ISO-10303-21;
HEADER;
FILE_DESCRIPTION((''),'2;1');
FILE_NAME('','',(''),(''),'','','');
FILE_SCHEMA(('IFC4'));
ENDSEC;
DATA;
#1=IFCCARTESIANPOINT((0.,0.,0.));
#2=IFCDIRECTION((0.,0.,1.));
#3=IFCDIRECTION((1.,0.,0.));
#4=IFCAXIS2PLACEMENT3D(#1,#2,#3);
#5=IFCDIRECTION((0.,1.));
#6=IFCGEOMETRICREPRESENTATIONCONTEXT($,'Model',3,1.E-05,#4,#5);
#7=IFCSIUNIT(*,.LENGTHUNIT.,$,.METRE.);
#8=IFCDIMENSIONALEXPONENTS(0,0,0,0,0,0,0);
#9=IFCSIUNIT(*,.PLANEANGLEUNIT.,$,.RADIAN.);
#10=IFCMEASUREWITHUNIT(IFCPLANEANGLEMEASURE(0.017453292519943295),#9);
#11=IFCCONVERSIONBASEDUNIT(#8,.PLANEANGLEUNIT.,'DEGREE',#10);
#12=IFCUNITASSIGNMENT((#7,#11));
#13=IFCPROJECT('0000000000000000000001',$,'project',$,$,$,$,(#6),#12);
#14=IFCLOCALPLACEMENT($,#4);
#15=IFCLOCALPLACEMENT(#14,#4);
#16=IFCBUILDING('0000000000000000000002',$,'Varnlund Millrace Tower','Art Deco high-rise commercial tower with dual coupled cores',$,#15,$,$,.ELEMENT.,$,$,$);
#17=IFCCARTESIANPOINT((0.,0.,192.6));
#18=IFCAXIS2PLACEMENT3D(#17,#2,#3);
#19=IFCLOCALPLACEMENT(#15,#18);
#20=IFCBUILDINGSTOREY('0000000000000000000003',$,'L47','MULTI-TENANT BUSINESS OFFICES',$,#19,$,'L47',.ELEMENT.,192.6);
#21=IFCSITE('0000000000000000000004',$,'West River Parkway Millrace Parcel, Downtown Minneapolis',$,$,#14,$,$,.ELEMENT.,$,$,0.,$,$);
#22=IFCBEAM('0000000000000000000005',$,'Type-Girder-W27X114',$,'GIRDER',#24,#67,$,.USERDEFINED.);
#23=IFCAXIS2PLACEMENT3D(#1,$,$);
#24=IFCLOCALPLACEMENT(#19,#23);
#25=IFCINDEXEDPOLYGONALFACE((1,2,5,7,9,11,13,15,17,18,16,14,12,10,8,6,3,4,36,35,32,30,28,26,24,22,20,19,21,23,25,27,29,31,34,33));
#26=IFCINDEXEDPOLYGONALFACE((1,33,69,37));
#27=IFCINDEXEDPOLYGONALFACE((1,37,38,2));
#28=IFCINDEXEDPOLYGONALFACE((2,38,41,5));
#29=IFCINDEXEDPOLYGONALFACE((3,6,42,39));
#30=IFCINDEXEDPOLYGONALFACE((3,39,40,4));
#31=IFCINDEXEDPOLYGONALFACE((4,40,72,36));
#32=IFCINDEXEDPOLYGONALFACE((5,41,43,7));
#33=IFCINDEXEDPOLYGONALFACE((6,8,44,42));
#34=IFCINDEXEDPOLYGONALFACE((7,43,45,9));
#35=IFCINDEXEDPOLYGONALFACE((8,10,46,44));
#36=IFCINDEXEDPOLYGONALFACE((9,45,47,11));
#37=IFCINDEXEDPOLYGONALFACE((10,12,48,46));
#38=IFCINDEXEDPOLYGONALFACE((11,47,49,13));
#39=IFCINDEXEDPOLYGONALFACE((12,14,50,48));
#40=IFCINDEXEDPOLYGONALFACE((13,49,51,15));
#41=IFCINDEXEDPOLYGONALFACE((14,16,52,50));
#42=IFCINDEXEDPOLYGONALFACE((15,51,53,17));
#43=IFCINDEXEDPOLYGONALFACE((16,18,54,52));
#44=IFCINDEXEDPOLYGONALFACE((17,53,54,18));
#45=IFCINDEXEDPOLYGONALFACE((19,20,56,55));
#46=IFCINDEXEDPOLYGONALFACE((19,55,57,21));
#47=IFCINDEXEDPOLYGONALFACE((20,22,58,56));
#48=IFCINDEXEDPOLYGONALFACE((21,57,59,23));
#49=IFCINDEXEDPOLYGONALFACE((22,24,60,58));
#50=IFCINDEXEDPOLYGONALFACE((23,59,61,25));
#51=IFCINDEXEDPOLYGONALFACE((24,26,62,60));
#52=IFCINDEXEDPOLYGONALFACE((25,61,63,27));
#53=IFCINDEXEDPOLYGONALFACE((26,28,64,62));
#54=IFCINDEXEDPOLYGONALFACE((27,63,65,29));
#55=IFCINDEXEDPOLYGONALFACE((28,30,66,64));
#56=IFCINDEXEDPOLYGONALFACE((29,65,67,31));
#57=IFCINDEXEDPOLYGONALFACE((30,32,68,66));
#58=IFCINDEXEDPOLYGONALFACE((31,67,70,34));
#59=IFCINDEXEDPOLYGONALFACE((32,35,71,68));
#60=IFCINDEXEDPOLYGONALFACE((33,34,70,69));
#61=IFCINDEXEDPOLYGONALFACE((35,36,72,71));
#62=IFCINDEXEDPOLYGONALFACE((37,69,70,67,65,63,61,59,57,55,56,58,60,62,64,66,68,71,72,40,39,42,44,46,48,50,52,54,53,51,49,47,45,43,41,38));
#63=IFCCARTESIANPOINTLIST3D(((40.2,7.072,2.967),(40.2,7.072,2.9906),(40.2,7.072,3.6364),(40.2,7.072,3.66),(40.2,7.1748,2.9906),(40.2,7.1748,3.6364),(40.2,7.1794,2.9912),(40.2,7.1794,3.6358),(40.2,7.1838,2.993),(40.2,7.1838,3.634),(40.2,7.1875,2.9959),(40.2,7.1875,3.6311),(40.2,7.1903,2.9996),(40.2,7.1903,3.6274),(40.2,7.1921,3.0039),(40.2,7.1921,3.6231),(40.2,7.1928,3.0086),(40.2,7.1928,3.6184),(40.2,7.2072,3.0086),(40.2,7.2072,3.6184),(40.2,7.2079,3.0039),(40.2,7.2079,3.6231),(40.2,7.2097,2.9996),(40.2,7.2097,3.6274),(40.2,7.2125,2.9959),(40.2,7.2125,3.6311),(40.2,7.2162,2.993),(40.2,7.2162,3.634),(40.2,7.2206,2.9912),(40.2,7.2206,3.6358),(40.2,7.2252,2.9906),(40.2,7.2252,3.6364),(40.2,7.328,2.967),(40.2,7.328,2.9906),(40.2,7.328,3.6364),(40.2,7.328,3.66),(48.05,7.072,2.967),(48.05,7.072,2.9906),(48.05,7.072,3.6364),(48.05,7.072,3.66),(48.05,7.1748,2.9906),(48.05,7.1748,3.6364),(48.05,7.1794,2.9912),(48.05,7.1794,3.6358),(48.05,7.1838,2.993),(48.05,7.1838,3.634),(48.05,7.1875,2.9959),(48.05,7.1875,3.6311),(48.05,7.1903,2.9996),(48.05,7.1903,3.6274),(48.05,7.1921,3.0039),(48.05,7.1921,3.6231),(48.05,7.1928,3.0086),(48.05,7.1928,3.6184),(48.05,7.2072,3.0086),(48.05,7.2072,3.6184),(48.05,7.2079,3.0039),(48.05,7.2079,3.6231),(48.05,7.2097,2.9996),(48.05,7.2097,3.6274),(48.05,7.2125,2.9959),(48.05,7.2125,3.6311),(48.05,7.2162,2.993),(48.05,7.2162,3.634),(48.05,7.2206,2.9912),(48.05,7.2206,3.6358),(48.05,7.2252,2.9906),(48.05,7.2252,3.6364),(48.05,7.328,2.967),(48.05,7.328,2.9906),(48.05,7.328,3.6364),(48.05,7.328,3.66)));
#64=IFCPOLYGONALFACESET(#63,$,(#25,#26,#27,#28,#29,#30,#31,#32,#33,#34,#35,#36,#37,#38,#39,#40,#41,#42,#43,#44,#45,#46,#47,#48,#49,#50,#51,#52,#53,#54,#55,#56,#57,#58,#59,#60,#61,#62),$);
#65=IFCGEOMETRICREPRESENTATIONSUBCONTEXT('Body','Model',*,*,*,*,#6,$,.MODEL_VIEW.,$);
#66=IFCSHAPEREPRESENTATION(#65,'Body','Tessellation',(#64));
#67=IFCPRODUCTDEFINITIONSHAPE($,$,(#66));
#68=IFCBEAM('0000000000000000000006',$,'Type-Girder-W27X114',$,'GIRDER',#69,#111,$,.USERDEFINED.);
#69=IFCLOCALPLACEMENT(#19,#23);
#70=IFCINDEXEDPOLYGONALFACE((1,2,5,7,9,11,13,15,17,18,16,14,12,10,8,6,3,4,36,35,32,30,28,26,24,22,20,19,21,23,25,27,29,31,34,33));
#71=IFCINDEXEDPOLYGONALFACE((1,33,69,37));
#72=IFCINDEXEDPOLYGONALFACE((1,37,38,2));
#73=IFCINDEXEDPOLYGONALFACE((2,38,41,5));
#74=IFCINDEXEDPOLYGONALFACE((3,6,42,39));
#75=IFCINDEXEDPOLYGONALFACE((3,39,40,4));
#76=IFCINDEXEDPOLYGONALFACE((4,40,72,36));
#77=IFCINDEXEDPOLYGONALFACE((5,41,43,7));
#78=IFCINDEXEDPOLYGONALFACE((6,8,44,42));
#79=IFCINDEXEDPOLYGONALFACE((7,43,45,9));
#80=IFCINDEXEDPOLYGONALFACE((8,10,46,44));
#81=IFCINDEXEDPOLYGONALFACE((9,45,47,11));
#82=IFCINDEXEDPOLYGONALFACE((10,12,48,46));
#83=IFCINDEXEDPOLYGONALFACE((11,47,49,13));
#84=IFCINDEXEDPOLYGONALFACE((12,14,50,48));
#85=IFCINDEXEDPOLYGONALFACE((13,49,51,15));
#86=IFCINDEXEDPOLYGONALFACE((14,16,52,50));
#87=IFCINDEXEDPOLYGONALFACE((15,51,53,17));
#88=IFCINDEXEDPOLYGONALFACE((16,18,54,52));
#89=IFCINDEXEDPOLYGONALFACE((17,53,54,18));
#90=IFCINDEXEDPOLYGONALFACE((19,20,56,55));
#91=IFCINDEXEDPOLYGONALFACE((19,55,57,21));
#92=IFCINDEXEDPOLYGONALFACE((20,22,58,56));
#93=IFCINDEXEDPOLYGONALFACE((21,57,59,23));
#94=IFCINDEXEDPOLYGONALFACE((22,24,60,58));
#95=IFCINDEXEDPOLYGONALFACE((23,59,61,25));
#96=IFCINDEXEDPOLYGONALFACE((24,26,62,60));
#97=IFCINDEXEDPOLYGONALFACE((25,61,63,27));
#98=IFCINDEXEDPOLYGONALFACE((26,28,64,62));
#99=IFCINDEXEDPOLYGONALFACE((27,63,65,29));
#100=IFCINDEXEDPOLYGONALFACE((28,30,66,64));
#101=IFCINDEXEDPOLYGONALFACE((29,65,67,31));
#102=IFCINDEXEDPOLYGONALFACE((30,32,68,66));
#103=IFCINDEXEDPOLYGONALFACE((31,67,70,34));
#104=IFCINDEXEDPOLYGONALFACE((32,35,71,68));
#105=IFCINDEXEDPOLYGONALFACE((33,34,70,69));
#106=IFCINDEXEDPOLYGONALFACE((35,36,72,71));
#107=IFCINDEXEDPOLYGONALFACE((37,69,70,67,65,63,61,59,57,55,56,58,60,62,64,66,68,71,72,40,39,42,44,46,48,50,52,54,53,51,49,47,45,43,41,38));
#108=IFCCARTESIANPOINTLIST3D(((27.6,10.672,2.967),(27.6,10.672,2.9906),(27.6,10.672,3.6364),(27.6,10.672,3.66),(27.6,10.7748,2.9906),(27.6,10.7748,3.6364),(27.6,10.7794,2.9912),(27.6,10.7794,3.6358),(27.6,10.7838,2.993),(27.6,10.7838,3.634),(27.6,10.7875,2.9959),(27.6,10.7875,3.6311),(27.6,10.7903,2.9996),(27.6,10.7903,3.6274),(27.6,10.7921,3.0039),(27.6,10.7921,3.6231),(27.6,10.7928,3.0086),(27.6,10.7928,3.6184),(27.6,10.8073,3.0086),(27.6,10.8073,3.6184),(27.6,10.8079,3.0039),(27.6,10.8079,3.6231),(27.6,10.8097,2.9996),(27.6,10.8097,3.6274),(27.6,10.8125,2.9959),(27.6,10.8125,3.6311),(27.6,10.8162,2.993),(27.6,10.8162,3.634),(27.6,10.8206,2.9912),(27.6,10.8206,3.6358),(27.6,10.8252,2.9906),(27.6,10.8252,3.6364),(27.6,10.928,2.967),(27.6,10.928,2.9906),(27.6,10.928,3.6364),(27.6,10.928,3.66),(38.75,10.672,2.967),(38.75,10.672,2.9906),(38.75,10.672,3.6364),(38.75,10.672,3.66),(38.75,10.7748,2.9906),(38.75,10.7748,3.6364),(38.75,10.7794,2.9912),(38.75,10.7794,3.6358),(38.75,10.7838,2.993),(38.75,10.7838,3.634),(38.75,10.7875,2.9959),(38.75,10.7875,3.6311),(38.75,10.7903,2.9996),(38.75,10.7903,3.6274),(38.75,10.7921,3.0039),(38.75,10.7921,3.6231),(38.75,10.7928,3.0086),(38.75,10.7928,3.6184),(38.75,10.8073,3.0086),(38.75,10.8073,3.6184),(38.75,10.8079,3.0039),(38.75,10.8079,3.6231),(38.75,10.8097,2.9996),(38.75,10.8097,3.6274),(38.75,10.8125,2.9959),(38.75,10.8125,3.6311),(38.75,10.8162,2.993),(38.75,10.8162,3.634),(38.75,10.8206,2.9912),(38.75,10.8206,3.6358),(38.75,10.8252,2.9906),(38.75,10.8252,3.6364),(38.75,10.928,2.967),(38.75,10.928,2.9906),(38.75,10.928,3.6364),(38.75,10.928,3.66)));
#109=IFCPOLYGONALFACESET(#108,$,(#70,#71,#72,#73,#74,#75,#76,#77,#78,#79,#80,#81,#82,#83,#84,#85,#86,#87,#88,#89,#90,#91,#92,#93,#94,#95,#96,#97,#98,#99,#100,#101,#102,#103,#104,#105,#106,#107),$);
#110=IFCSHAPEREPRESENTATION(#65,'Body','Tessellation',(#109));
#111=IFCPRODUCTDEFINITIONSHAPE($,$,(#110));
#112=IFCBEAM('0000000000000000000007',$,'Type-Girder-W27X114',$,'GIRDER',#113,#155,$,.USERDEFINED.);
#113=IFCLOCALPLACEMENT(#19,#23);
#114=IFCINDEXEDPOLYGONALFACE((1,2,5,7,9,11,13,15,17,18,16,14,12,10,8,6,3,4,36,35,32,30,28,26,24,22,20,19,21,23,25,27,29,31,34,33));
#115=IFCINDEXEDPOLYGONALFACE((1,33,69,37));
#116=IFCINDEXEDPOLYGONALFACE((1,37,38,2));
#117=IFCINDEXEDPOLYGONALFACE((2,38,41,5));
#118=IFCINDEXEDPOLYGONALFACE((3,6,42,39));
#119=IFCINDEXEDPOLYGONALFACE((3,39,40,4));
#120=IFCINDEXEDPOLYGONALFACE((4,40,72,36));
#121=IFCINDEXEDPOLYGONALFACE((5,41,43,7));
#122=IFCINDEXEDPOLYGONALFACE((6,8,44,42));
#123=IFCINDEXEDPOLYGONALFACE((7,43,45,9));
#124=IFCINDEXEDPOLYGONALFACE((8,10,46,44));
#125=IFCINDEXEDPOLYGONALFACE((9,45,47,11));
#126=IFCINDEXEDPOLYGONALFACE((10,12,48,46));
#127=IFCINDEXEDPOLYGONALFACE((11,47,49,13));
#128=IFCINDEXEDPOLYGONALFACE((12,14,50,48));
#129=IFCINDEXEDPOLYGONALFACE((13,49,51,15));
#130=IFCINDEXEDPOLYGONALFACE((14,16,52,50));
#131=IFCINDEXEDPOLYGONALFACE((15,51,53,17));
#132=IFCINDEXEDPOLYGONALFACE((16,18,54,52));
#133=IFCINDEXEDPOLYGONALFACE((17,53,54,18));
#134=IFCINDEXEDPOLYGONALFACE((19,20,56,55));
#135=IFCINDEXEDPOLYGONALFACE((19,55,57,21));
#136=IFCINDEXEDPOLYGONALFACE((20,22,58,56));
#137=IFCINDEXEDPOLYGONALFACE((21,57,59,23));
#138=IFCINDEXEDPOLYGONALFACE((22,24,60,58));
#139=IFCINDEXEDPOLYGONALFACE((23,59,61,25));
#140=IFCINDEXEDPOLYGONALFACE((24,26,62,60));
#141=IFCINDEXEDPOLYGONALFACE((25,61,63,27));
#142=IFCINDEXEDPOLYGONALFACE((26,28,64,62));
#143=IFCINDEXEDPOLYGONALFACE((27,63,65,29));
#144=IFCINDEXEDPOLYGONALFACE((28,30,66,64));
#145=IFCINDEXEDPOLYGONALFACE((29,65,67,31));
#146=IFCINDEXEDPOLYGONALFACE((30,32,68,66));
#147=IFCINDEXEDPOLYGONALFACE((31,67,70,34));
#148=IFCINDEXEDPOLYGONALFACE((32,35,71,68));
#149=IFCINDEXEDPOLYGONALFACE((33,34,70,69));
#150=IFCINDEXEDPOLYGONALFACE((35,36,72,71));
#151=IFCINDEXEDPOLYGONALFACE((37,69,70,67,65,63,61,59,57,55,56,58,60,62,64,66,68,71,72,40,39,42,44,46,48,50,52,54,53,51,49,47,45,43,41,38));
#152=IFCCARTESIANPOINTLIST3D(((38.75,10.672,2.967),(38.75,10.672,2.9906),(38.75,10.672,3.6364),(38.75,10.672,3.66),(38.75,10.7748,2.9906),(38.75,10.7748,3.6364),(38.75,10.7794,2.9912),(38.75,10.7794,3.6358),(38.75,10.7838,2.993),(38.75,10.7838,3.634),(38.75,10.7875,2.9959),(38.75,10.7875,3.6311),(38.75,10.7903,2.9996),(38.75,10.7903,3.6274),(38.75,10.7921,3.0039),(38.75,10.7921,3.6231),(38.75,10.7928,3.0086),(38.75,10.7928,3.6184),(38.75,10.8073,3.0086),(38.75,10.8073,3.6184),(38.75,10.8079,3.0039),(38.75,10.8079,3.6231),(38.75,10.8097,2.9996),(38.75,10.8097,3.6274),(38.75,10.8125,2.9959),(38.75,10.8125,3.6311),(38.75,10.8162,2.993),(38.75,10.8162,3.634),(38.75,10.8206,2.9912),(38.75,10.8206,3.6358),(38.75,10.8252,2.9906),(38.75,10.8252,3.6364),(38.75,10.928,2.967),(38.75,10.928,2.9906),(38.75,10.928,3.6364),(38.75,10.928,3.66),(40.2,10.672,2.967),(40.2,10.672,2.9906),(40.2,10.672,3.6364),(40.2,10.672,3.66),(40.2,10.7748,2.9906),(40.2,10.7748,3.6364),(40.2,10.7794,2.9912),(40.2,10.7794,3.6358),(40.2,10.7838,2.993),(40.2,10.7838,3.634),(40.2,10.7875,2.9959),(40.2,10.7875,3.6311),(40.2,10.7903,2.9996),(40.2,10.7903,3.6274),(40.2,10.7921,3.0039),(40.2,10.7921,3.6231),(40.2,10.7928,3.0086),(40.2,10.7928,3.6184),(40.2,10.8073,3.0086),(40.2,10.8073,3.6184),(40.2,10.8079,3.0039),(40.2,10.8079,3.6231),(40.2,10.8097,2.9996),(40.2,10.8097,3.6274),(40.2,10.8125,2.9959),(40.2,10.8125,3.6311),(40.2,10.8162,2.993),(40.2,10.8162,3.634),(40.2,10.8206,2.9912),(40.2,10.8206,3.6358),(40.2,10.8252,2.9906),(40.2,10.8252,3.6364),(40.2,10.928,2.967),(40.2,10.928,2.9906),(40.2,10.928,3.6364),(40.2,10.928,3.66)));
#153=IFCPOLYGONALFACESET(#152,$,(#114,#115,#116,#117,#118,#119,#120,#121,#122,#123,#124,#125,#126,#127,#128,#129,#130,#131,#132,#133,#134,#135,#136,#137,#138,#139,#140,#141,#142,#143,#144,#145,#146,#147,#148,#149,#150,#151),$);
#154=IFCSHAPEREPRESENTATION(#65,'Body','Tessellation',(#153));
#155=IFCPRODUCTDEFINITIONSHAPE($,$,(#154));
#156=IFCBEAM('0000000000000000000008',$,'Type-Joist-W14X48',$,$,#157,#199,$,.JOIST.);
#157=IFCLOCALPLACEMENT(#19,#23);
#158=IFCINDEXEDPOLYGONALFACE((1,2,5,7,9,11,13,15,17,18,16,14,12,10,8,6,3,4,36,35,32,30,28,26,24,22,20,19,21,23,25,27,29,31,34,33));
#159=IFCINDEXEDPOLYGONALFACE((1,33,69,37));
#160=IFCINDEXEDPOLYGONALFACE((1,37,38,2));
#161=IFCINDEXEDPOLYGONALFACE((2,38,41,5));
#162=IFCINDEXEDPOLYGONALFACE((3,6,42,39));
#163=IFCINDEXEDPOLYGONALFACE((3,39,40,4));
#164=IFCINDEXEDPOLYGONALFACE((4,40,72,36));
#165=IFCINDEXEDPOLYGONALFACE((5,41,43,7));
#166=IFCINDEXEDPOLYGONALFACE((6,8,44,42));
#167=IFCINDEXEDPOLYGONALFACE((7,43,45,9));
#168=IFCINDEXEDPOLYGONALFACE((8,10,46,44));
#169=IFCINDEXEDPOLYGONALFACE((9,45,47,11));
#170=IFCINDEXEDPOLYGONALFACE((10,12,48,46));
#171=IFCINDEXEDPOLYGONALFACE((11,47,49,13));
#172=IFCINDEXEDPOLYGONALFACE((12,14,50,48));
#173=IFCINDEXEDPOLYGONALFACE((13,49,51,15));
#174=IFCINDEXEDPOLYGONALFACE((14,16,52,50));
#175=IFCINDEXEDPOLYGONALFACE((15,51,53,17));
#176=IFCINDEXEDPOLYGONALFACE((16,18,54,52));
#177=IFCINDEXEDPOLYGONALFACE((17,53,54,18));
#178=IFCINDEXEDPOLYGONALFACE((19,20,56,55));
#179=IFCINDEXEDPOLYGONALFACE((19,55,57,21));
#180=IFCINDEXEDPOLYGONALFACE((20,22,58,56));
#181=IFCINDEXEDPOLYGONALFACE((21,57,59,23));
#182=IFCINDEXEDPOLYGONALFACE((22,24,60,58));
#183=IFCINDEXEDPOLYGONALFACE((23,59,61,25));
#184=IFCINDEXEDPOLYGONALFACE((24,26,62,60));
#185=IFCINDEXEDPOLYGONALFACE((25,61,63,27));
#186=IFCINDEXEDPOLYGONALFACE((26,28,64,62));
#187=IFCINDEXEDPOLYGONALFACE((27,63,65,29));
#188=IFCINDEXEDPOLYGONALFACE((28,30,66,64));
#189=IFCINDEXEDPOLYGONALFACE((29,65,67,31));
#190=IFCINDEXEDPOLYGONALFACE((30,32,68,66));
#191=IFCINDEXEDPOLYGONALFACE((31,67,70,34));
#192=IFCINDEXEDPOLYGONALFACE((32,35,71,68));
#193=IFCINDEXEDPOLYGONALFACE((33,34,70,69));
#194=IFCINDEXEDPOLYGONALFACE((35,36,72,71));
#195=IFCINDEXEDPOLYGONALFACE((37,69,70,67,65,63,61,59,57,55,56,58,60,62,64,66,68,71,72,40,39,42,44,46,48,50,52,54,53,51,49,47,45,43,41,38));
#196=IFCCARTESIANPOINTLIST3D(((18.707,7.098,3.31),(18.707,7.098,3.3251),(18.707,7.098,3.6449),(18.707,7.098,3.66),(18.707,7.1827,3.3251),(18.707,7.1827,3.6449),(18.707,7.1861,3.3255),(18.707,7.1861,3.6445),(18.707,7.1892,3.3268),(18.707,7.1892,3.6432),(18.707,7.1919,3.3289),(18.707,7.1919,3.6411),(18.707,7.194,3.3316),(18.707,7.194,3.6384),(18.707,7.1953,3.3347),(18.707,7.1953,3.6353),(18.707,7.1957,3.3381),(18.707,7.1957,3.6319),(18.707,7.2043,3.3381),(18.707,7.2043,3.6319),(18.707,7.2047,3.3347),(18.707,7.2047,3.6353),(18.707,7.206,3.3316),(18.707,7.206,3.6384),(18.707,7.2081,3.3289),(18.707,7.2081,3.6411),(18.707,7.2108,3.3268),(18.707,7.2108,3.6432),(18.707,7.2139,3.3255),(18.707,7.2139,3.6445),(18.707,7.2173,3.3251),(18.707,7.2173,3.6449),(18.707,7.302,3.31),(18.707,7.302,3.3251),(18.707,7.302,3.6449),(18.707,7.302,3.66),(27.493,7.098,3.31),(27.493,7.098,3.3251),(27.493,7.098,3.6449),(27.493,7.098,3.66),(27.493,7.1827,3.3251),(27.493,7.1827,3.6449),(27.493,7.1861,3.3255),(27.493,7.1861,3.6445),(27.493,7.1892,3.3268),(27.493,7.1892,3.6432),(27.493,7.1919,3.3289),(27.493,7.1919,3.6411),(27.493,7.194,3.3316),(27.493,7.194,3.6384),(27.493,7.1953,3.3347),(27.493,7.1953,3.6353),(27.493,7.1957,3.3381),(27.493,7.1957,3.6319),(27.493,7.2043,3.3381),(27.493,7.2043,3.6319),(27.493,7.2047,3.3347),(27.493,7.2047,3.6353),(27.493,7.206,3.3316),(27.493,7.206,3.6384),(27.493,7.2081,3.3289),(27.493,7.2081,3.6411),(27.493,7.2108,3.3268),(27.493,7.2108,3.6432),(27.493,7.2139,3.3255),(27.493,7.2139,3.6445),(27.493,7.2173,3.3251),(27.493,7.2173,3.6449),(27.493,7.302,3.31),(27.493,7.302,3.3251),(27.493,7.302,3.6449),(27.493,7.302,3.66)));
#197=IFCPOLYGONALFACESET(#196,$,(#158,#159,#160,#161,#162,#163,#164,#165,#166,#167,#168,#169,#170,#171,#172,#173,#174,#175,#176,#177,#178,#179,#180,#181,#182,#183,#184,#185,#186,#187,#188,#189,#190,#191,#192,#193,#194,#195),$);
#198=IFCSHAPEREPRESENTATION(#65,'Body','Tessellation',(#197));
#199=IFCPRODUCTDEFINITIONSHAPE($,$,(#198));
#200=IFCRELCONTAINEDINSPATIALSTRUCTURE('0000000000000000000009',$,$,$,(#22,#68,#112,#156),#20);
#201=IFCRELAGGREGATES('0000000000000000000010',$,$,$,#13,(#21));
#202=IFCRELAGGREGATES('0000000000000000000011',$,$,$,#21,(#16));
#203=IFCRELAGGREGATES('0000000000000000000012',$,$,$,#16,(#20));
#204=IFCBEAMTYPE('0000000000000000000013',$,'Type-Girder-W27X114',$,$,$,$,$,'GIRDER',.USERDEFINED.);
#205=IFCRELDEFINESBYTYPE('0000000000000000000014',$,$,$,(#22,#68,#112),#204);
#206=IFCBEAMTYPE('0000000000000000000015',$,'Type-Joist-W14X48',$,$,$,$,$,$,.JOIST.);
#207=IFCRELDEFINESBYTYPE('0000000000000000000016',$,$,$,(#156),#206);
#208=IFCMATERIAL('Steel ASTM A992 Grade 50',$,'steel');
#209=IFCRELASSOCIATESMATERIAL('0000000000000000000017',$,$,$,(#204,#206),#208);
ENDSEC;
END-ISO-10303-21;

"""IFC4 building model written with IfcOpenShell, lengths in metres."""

from ifc_helpers import new_model, entity, si_unit, converted_unit, direction, frame, origin_with_axes, origin_2d_with_axis, place, context, subcontext, project, spatial, i_section, extrude, material, material_profile, profile_set, type_object, element, save


model = new_model("IFC4")

# Units and contexts
model_context = context("Model", 3, precision=1e-05, world=origin_with_axes(), true_north=direction((0.0, 1.0)))
body_context = subcontext(model_context, "Body", "Model", "MODEL_VIEW")
ifc_project = project(units=[si_unit("LENGTHUNIT", "METRE"), converted_unit("PLANEANGLEUNIT", "DEGREE", entity("IfcPlaneAngleMeasure", 0.017453292519943295), si_unit("PLANEANGLEUNIT", "RADIAN"), dimensions=[0, 0, 0, 0, 0, 0, 0])], contexts=[model_context])

# Site, building, storey
site_placement = place(None, origin_with_axes())
site = spatial("IfcSite", under=ifc_project, at=site_placement, Name="West River Parkway Millrace Parcel, Downtown Minneapolis", CompositionType="ELEMENT", RefElevation=0.0)
building_placement = place(site_placement, origin_with_axes())
building = spatial("IfcBuilding", under=site, at=building_placement, Name="Varnlund Millrace Tower", Description="Art Deco high-rise commercial tower with dual coupled cores", CompositionType="ELEMENT")
storey_placement = place(building_placement, frame((0.0, 0.0, 192.6), z_axis=(0.0, 0.0, 1.0), x_axis=(1.0, 0.0, 0.0)))
storey = spatial("IfcBuildingStorey", under=building, at=storey_placement, Name="L47", Description="MULTI-TENANT BUSINESS OFFICES", LongName="L47", CompositionType="ELEMENT", Elevation=192.6)

# Beams
ifc_material_1 = material(Name="Steel ASTM A992 Grade 50", Category="steel")
ifc_material_profile_1 = material_profile(ifc_material_1, i_section(OverallWidth=0.256, OverallDepth=0.693, WebThickness=0.0145, FlangeThickness=0.0236, FilletRadius=0.018, at=origin_2d_with_axis()), Name="Steel ASTM A992 Grade 50")
ifc_profile_set_1 = profile_set([ifc_material_profile_1], Name="Steel ASTM A992 Grade 50")
beam_type_1 = type_object("IfcBeamType", Name="Type-Girder-W27X114", ElementType="GIRDER", PredefinedType="USERDEFINED", material=ifc_profile_set_1)
beam_1_placement = place(storey_placement, frame((40.2, 7.2, 3.3135), z_axis=(1.0, 0.0, 0.0), x_axis=(0.0, 1.0, 0.0)))
element("IfcBeam", 1, at=beam_1_placement, inside=storey, type_object=beam_type_1, Name="Type-Girder-W27X114", ObjectType="GIRDER", PredefinedType="USERDEFINED", context=body_context, shape_type="SweptSolid", body=[
    extrude(i_section(OverallWidth=0.256, OverallDepth=0.693, WebThickness=0.0145, FlangeThickness=0.0236, FilletRadius=0.018, at=origin_2d_with_axis()), origin_with_axes(), (0.0, 0.0, 1.0), 7.85),
])
beam_2_placement = place(storey_placement, frame((27.6, 10.8, 3.3135), z_axis=(1.0, 0.0, 0.0), x_axis=(0.0, 1.0, 0.0)))
element("IfcBeam", 2, at=beam_2_placement, inside=storey, type_object=beam_type_1, Name="Type-Girder-W27X114", ObjectType="GIRDER", PredefinedType="USERDEFINED", context=body_context, shape_type="SweptSolid", body=[
    extrude(i_section(OverallWidth=0.256, OverallDepth=0.693, WebThickness=0.0145, FlangeThickness=0.0236, FilletRadius=0.018, at=origin_2d_with_axis()), origin_with_axes(), (0.0, 0.0, 1.0), 11.15),
])
beam_3_placement = place(storey_placement, frame((38.75, 10.8, 3.3135), z_axis=(1.0, 0.0, 0.0), x_axis=(0.0, 1.0, 0.0)))
element("IfcBeam", 3, at=beam_3_placement, inside=storey, type_object=beam_type_1, Name="Type-Girder-W27X114", ObjectType="GIRDER", PredefinedType="USERDEFINED", context=body_context, shape_type="SweptSolid", body=[
    extrude(i_section(OverallWidth=0.256, OverallDepth=0.693, WebThickness=0.0145, FlangeThickness=0.0236, FilletRadius=0.018, at=origin_2d_with_axis()), origin_with_axes(), (0.0, 0.0, 1.0), 1.45),
])
ifc_material_profile_2 = material_profile(ifc_material_1, i_section(OverallWidth=0.204, OverallDepth=0.35, WebThickness=0.0086, FlangeThickness=0.0151, FilletRadius=0.013, at=origin_2d_with_axis()), Name="Steel ASTM A992 Grade 50")
ifc_profile_set_2 = profile_set([ifc_material_profile_2], Name="Steel ASTM A992 Grade 50")
beam_type_2 = type_object("IfcBeamType", Name="Type-Joist-W14X48", PredefinedType="JOIST", material=ifc_profile_set_2)
beam_4_placement = place(storey_placement, frame((18.707, 7.2, 3.485), z_axis=(1.0, 0.0, 0.0), x_axis=(0.0, 1.0, 0.0)))
element("IfcBeam", 4, at=beam_4_placement, inside=storey, type_object=beam_type_2, Name="Type-Joist-W14X48", PredefinedType="JOIST", context=body_context, shape_type="SweptSolid", body=[
    extrude(i_section(OverallWidth=0.204, OverallDepth=0.35, WebThickness=0.0086, FlangeThickness=0.0151, FilletRadius=0.013, at=origin_2d_with_axis()), origin_with_axes(), (0.0, 0.0, 1.0), 8.786),
])

save(model, "model.ifc")
